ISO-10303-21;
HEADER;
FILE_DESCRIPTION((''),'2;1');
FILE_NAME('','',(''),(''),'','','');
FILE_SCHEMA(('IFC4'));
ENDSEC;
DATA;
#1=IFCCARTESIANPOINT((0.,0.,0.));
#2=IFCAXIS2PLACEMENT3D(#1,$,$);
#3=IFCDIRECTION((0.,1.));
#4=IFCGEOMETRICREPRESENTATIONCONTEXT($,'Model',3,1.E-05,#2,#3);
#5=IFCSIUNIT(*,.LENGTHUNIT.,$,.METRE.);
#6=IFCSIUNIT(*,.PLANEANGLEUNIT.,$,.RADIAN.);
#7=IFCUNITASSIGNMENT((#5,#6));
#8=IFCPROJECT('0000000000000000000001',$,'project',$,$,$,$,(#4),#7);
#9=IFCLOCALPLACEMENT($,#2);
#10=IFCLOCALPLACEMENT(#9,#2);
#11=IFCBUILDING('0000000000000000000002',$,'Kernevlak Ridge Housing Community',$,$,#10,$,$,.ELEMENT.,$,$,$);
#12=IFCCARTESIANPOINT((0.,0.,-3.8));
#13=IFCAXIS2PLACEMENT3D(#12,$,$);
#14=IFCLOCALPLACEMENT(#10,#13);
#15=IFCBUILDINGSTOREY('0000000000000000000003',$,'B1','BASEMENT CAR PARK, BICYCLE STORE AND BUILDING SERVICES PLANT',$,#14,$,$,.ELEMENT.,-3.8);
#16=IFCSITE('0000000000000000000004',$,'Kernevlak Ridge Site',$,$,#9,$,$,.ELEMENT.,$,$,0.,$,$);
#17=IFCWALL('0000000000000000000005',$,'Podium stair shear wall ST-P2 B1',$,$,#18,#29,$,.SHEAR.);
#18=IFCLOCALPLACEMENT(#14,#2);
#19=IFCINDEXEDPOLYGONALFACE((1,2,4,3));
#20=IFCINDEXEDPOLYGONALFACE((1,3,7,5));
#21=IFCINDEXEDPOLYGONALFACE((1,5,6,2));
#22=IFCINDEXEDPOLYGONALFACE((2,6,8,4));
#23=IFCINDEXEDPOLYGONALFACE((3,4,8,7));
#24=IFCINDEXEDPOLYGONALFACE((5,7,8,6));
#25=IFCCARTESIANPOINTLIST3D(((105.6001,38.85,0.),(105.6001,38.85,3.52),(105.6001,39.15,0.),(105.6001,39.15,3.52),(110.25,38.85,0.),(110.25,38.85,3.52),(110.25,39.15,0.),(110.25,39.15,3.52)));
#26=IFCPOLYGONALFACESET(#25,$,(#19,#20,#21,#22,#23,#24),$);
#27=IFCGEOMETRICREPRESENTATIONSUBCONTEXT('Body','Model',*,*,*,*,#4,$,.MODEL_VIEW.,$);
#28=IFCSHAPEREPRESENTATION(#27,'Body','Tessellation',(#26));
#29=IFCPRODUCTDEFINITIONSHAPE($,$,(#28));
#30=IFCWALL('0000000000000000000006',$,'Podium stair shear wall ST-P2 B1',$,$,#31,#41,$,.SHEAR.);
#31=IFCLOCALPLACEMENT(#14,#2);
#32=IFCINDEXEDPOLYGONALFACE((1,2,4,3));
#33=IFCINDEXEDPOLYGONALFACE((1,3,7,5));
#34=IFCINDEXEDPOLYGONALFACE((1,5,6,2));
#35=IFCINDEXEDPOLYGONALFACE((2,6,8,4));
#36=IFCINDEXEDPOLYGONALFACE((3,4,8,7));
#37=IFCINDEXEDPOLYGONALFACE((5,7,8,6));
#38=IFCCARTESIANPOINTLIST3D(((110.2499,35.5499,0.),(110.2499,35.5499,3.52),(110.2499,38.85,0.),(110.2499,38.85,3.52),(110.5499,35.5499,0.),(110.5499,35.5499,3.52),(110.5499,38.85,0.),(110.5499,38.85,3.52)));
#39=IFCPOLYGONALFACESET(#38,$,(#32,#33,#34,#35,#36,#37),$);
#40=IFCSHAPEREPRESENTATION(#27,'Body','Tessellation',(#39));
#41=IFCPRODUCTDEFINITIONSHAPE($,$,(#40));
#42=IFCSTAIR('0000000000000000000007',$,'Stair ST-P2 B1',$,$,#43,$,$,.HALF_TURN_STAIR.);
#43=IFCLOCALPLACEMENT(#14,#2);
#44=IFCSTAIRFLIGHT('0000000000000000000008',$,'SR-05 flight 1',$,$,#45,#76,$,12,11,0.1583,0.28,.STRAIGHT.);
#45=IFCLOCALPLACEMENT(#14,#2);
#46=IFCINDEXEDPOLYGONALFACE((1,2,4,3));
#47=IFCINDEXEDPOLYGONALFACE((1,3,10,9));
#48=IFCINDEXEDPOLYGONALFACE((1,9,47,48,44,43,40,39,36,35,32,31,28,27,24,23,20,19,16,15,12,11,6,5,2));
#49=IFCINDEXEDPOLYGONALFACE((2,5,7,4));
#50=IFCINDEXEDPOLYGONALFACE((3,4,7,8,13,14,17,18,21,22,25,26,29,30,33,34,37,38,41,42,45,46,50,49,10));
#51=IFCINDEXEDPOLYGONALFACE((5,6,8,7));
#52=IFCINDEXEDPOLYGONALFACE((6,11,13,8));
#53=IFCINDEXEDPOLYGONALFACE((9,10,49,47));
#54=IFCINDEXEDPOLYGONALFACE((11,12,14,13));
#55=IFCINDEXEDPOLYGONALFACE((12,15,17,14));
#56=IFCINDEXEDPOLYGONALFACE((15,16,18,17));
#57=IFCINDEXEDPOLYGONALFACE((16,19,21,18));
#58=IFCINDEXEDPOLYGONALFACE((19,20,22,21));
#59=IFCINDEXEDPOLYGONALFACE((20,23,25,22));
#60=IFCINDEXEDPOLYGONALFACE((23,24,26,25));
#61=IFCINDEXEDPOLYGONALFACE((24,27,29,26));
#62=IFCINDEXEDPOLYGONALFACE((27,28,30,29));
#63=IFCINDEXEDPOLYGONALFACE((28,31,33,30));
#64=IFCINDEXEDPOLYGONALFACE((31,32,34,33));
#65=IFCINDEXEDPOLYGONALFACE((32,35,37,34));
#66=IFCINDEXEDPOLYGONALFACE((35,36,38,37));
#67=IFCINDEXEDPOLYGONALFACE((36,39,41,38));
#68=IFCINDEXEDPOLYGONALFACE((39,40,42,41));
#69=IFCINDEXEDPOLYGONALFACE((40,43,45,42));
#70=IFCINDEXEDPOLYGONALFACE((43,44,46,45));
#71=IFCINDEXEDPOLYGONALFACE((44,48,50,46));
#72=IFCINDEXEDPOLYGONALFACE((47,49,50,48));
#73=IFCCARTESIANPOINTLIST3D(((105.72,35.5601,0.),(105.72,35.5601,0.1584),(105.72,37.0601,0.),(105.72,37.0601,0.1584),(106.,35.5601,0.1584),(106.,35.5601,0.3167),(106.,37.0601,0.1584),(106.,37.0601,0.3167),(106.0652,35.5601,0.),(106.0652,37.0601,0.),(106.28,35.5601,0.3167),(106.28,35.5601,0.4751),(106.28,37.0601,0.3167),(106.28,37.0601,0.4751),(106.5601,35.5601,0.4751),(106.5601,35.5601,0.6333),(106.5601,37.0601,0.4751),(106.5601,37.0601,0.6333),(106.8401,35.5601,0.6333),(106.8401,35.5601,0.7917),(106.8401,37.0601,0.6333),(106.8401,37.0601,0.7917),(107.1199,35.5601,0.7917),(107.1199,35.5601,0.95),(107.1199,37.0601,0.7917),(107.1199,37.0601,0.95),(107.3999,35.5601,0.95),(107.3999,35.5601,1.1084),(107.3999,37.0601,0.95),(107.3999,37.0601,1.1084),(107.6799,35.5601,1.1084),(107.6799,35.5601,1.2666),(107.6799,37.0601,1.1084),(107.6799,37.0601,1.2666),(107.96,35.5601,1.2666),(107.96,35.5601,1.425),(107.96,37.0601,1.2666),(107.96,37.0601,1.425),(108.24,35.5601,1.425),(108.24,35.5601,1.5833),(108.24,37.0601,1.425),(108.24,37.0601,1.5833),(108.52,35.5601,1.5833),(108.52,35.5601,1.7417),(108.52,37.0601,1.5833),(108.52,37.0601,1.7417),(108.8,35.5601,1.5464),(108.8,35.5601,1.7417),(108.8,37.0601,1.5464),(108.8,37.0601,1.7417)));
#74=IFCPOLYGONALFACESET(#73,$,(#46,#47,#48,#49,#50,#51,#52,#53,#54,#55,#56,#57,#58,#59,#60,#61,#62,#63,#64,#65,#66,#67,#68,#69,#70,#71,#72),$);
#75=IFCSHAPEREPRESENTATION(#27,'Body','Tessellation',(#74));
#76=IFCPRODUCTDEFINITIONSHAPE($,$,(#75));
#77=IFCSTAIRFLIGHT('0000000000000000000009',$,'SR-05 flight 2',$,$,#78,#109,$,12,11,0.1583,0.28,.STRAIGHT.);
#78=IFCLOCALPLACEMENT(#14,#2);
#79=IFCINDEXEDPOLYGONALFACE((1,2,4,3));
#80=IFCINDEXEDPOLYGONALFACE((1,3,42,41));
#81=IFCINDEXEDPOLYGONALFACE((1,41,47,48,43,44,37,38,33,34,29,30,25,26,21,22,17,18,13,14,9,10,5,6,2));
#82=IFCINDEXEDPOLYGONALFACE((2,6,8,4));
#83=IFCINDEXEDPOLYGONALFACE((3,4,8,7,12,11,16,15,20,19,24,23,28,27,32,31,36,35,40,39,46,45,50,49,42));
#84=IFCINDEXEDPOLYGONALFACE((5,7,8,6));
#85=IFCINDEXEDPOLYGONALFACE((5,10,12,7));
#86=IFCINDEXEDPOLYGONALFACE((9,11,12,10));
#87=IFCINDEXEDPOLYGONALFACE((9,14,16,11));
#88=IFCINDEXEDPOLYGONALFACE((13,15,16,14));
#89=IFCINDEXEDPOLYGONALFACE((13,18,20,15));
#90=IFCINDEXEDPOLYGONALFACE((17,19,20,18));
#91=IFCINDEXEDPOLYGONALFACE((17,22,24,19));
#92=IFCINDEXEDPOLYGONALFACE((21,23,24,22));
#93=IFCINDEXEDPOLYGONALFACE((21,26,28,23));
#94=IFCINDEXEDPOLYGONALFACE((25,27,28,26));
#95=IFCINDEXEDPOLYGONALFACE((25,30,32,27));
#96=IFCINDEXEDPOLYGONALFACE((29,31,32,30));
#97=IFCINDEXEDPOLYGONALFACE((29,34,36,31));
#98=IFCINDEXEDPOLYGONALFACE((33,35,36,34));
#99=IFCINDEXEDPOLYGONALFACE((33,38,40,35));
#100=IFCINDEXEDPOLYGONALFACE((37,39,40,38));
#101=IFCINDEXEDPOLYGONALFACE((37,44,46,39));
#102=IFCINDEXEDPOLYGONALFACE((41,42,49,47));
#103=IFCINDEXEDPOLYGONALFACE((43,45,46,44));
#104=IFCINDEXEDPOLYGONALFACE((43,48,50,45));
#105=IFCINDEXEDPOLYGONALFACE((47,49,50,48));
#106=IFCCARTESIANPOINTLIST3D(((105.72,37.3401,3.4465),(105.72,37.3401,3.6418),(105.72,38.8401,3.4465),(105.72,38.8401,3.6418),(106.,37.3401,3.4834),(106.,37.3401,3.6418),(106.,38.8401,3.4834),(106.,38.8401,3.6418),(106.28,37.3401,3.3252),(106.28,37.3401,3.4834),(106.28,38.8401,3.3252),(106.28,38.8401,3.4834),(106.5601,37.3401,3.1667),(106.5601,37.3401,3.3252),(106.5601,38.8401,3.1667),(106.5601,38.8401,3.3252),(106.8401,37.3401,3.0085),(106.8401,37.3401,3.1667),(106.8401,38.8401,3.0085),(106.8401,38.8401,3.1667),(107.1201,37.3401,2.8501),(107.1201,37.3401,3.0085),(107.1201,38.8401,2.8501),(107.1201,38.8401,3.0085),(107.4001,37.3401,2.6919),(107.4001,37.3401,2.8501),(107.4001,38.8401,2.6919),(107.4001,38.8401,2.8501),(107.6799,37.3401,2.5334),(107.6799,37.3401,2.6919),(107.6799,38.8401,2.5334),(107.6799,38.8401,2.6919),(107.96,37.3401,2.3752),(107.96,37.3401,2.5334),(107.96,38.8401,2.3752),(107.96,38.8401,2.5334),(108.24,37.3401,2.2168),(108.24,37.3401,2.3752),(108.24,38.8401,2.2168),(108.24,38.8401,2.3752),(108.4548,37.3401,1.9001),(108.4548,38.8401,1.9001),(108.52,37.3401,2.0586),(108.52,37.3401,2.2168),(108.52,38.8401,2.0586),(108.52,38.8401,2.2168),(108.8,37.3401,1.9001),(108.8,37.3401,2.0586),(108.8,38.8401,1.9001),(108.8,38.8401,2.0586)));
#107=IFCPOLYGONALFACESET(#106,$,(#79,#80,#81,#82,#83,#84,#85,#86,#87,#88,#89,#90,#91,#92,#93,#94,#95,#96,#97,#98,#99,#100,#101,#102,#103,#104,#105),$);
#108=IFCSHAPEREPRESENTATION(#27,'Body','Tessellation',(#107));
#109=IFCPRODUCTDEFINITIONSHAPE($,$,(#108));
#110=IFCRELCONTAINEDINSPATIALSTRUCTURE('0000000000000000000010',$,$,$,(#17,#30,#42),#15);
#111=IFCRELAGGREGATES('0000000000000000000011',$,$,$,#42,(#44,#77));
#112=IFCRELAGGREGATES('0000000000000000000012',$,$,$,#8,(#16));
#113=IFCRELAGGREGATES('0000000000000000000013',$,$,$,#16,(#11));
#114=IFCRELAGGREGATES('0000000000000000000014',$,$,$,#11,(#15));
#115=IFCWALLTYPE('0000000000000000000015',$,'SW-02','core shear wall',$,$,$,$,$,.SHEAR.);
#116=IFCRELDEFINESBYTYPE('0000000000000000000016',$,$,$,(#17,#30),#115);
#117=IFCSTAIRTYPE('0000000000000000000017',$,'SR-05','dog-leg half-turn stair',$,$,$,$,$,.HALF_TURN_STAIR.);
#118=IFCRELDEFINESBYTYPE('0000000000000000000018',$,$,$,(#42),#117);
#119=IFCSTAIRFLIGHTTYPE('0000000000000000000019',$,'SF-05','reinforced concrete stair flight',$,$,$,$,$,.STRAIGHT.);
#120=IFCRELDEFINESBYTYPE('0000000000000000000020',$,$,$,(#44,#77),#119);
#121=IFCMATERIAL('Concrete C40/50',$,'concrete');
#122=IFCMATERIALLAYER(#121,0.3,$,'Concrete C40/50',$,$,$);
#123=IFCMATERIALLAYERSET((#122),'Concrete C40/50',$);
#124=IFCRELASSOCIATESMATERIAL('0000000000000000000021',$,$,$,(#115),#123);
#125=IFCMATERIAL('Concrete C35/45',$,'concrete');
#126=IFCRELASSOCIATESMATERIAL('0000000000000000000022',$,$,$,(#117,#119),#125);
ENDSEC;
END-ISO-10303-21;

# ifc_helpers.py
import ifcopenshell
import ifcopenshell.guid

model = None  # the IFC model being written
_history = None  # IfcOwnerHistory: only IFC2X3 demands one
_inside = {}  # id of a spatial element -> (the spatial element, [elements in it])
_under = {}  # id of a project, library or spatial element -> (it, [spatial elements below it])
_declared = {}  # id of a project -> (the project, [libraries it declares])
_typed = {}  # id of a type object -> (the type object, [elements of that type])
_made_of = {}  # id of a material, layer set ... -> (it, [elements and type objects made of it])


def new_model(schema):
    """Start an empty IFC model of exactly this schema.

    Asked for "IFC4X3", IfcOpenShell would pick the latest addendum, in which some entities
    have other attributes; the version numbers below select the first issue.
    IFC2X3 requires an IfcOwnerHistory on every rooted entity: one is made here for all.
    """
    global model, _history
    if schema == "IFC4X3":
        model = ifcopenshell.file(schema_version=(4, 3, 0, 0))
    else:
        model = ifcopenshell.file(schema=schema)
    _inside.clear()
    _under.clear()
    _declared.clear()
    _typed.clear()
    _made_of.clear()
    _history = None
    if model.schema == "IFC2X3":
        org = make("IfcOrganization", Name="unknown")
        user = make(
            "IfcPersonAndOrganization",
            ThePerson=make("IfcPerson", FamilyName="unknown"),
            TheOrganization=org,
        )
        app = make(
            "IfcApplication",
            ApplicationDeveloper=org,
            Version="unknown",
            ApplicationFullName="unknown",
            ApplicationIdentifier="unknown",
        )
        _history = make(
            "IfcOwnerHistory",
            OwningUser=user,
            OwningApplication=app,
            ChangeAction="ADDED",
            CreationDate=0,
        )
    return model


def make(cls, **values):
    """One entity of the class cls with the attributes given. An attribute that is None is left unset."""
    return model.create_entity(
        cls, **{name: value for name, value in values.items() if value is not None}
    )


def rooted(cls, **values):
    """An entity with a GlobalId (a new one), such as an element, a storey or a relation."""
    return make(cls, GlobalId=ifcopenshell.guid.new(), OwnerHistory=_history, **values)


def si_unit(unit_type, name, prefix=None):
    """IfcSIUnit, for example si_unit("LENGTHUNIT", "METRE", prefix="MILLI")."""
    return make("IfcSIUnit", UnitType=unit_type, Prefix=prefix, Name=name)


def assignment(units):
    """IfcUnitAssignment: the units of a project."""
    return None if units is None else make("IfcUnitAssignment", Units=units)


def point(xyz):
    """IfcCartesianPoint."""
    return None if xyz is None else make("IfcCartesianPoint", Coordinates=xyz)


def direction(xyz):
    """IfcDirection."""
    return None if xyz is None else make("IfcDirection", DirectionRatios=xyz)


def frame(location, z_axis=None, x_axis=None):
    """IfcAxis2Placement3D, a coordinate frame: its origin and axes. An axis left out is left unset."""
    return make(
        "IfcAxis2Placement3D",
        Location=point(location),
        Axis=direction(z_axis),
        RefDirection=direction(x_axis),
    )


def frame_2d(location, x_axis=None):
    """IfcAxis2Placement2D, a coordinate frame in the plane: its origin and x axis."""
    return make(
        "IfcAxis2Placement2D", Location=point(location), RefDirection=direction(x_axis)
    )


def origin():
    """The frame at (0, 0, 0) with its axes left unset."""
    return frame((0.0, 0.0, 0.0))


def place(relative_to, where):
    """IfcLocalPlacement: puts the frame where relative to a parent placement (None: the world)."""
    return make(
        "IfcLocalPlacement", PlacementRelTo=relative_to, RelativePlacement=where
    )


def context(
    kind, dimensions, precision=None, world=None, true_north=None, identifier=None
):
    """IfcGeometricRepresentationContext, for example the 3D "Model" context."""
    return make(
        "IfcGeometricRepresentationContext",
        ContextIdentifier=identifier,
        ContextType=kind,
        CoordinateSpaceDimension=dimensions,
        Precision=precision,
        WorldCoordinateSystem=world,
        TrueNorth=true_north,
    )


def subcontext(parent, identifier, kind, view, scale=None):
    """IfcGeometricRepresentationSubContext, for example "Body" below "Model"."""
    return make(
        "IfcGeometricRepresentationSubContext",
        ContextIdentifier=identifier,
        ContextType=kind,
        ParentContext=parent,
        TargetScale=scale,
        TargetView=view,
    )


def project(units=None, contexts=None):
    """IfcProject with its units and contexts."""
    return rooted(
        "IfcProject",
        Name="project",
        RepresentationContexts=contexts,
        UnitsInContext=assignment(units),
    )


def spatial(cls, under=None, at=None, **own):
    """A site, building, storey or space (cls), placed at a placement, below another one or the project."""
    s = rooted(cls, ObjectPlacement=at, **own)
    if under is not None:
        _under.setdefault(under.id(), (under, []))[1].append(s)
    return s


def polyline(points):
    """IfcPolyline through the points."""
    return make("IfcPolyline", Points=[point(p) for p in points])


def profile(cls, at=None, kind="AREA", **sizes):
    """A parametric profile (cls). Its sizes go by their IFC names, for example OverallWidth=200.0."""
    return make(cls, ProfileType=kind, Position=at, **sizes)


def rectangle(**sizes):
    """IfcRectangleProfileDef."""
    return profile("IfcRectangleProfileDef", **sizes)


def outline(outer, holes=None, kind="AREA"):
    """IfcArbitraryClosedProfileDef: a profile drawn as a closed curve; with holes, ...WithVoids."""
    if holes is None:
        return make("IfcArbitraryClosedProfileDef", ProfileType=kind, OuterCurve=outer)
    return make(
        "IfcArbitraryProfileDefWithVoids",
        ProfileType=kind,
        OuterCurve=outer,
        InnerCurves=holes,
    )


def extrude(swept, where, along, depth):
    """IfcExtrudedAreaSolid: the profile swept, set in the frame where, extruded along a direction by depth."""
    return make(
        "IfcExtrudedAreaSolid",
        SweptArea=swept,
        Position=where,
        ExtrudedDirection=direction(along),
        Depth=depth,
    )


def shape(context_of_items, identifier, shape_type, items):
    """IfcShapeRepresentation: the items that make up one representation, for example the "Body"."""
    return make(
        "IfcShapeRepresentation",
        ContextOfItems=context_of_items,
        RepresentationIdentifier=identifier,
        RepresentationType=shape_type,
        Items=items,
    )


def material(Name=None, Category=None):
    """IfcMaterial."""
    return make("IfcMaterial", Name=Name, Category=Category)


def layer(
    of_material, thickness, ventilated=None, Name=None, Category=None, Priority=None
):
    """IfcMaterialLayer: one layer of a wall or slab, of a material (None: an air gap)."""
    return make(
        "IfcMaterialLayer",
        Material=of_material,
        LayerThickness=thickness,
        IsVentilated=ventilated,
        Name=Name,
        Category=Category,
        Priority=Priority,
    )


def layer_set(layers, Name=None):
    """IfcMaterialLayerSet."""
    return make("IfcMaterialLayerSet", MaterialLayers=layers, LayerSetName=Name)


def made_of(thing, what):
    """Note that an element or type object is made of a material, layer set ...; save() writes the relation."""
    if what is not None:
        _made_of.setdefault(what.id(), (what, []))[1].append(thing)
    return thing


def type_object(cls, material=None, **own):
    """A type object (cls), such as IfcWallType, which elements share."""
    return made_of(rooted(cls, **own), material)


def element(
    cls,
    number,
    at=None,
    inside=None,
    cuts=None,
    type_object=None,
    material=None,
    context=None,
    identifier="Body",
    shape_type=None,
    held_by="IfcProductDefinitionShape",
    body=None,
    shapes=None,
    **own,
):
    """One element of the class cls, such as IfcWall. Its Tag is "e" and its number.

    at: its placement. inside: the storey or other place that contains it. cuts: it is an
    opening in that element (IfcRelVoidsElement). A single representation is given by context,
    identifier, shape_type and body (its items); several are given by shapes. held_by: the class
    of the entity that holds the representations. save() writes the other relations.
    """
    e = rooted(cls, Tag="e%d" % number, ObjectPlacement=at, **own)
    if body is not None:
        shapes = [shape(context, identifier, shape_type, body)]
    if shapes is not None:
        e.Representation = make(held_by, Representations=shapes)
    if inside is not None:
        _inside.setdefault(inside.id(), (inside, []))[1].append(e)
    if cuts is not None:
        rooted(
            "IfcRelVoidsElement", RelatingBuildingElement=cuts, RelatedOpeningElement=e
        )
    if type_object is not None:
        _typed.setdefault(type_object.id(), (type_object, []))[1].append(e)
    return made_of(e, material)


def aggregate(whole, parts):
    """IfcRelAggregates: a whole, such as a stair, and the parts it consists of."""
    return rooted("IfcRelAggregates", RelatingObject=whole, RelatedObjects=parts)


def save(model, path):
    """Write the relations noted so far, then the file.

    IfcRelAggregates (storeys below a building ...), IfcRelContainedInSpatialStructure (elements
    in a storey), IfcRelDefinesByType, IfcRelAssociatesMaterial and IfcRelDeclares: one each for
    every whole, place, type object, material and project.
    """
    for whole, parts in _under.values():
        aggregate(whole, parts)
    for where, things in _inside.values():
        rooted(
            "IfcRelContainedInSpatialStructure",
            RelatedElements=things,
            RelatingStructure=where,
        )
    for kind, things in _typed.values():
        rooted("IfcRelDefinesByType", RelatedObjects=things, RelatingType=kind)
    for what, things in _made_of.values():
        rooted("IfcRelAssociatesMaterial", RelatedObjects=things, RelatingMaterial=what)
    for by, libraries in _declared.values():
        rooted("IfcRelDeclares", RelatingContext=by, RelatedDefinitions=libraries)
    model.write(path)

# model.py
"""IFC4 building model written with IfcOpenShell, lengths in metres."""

from ifc_helpers import new_model, si_unit, direction, frame, frame_2d, origin, place, context, subcontext, project, spatial, polyline, rectangle, outline, extrude, material, layer, layer_set, type_object, element, aggregate, save


model = new_model("IFC4")

# Units and contexts
model_context = context("Model", 3, precision=1e-05, world=origin(), true_north=direction((0.0, 1.0)))
body_context = subcontext(model_context, "Body", "Model", "MODEL_VIEW")
ifc_project = project(units=[si_unit("LENGTHUNIT", "METRE"), si_unit("PLANEANGLEUNIT", "RADIAN")], contexts=[model_context])

# Site, building, storey
site_placement = place(None, origin())
site = spatial("IfcSite", under=ifc_project, at=site_placement, Name="Kernevlak Ridge Site", CompositionType="ELEMENT", RefElevation=0.0)
building_placement = place(site_placement, origin())
building = spatial("IfcBuilding", under=site, at=building_placement, Name="Kernevlak Ridge Housing Community", CompositionType="ELEMENT")
storey_placement = place(building_placement, frame((0.0, 0.0, -3.8)))
storey = spatial("IfcBuildingStorey", under=building, at=storey_placement, Name="B1", Description="BASEMENT CAR PARK, BICYCLE STORE AND BUILDING SERVICES PLANT", CompositionType="ELEMENT", Elevation=-3.8)

# Shared definitions
ifc_material_1 = material(Name="Concrete C35/45", Category="concrete")

# Shared definitions
ifc_material_2 = material(Name="Concrete C40/50", Category="concrete")

# Walls
ifc_layer_1 = layer(ifc_material_2, 0.3, Name="Concrete C40/50")
ifc_layer_set_1 = layer_set([ifc_layer_1], Name="Concrete C40/50")
wall_type_1 = type_object("IfcWallType", Name="SW-02", Description="core shear wall", PredefinedType="SHEAR", material=ifc_layer_set_1)
wall_1_placement = place(storey_placement, frame((105.6001, 39.0, 0.0), z_axis=(0.0, 0.0, 1.0), x_axis=(1.0, 0.0, 0.0)))
element("IfcWall", 1, at=wall_1_placement, inside=storey, type_object=wall_type_1, Name="Podium stair shear wall ST-P2 B1", PredefinedType="SHEAR", context=body_context, shape_type="SweptSolid", body=[
    extrude(rectangle(XDim=4.6499, YDim=0.3, at=frame_2d((2.325, 0.0))), origin(), (0.0, 0.0, 1.0), 3.52),
])
wall_2_placement = place(storey_placement, frame((110.3999, 35.55, 0.0), z_axis=(0.0, 0.0, 1.0), x_axis=(0.0, 1.0, 0.0)))
element("IfcWall", 2, at=wall_2_placement, inside=storey, type_object=wall_type_1, Name="Podium stair shear wall ST-P2 B1", PredefinedType="SHEAR", context=body_context, shape_type="SweptSolid", body=[
    extrude(rectangle(XDim=3.3, YDim=0.3, at=frame_2d((1.6499, 0.0))), origin(), (0.0, 0.0, 1.0), 3.52),
])

# Stair, stair flights
stair_type = type_object("IfcStairType", Name="SR-05", Description="dog-leg half-turn stair", PredefinedType="HALF_TURN_STAIR", material=ifc_material_1)
stair_placement = place(storey_placement, origin())
stair = element("IfcStair", 3, at=stair_placement, inside=storey, type_object=stair_type, Name="Stair ST-P2 B1", PredefinedType="HALF_TURN_STAIR")
stair_flight_type = type_object("IfcStairFlightType", Name="SF-05", Description="reinforced concrete stair flight", PredefinedType="STRAIGHT", material=ifc_material_1)
stair_flight_1_placement = place(storey_placement, frame((105.72, 36.3101, 0.0), z_axis=(0.0, 0.0, 1.0), x_axis=(1.0, 0.0, 0.0)))
stair_flight_1 = element("IfcStairFlight", 4, at=stair_flight_1_placement, type_object=stair_flight_type, Name="SR-05 flight 1", NumberOfRisers=12, NumberOfTreads=11, PredefinedType="STRAIGHT", RiserHeight=0.1583, TreadLength=0.28, context=body_context, shape_type="SweptSolid", body=[
    extrude(outline(polyline([(0.0, 0.0), (0.0, 0.1584), (0.28, 0.1584), (0.28, 0.3167), (0.5601, 0.3167), (0.5601, 0.4751), (0.8401, 0.4751), (0.8401, 0.6333), (1.1201, 0.6333), (1.1201, 0.7917), (1.3999, 0.7917), (1.3999, 0.95), (1.6799, 0.95), (1.6799, 1.1084), (1.96, 1.1084), (1.96, 1.2666), (2.24, 1.2666), (2.24, 1.425), (2.52, 1.425), (2.52, 1.5833), (2.8, 1.5833), (2.8, 1.7417), (3.0801, 1.7417), (3.0801, 1.8999), (3.0801, 1.5464), (0.3452, 0.0), (0.0, 0.0)])), frame((0.0, 0.75, 0.0), z_axis=(0.0, -1.0, 0.0), x_axis=(1.0, 0.0, 0.0)), (0.0, 0.0, 1.0), 1.5),
])
stair_flight_2_placement = place(storey_placement, frame((108.8, 38.0901, 1.9001), z_axis=(0.0, 0.0, 1.0), x_axis=(-1.0, 0.0, 0.0)))
stair_flight_2 = element("IfcStairFlight", 5, at=stair_flight_2_placement, type_object=stair_flight_type, Name="SR-05 flight 2", NumberOfRisers=12, NumberOfTreads=11, PredefinedType="STRAIGHT", RiserHeight=0.1583, TreadLength=0.28, context=body_context, shape_type="SweptSolid", body=[
    extrude(outline(polyline([(0.0, 0.0), (0.0, 0.1584), (0.28, 0.1584), (0.28, 0.3167), (0.5601, 0.3167), (0.5601, 0.4751), (0.8401, 0.4751), (0.8401, 0.6333), (1.1201, 0.6333), (1.1201, 0.7917), (1.3999, 0.7917), (1.3999, 0.95), (1.6799, 0.95), (1.6799, 1.1084), (1.96, 1.1084), (1.96, 1.2666), (2.24, 1.2666), (2.24, 1.425), (2.52, 1.425), (2.52, 1.5833), (2.8, 1.5833), (2.8, 1.7417), (3.0801, 1.7417), (3.0801, 1.8999), (3.0801, 1.5464), (0.3452, 0.0), (0.0, 0.0)])), frame((0.0, 0.75, 0.0), z_axis=(0.0, -1.0, 0.0), x_axis=(1.0, 0.0, 0.0)), (0.0, 0.0, 1.0), 1.5),
])
aggregate(stair, [stair_flight_1, stair_flight_2])

save(model, "model.ifc")
